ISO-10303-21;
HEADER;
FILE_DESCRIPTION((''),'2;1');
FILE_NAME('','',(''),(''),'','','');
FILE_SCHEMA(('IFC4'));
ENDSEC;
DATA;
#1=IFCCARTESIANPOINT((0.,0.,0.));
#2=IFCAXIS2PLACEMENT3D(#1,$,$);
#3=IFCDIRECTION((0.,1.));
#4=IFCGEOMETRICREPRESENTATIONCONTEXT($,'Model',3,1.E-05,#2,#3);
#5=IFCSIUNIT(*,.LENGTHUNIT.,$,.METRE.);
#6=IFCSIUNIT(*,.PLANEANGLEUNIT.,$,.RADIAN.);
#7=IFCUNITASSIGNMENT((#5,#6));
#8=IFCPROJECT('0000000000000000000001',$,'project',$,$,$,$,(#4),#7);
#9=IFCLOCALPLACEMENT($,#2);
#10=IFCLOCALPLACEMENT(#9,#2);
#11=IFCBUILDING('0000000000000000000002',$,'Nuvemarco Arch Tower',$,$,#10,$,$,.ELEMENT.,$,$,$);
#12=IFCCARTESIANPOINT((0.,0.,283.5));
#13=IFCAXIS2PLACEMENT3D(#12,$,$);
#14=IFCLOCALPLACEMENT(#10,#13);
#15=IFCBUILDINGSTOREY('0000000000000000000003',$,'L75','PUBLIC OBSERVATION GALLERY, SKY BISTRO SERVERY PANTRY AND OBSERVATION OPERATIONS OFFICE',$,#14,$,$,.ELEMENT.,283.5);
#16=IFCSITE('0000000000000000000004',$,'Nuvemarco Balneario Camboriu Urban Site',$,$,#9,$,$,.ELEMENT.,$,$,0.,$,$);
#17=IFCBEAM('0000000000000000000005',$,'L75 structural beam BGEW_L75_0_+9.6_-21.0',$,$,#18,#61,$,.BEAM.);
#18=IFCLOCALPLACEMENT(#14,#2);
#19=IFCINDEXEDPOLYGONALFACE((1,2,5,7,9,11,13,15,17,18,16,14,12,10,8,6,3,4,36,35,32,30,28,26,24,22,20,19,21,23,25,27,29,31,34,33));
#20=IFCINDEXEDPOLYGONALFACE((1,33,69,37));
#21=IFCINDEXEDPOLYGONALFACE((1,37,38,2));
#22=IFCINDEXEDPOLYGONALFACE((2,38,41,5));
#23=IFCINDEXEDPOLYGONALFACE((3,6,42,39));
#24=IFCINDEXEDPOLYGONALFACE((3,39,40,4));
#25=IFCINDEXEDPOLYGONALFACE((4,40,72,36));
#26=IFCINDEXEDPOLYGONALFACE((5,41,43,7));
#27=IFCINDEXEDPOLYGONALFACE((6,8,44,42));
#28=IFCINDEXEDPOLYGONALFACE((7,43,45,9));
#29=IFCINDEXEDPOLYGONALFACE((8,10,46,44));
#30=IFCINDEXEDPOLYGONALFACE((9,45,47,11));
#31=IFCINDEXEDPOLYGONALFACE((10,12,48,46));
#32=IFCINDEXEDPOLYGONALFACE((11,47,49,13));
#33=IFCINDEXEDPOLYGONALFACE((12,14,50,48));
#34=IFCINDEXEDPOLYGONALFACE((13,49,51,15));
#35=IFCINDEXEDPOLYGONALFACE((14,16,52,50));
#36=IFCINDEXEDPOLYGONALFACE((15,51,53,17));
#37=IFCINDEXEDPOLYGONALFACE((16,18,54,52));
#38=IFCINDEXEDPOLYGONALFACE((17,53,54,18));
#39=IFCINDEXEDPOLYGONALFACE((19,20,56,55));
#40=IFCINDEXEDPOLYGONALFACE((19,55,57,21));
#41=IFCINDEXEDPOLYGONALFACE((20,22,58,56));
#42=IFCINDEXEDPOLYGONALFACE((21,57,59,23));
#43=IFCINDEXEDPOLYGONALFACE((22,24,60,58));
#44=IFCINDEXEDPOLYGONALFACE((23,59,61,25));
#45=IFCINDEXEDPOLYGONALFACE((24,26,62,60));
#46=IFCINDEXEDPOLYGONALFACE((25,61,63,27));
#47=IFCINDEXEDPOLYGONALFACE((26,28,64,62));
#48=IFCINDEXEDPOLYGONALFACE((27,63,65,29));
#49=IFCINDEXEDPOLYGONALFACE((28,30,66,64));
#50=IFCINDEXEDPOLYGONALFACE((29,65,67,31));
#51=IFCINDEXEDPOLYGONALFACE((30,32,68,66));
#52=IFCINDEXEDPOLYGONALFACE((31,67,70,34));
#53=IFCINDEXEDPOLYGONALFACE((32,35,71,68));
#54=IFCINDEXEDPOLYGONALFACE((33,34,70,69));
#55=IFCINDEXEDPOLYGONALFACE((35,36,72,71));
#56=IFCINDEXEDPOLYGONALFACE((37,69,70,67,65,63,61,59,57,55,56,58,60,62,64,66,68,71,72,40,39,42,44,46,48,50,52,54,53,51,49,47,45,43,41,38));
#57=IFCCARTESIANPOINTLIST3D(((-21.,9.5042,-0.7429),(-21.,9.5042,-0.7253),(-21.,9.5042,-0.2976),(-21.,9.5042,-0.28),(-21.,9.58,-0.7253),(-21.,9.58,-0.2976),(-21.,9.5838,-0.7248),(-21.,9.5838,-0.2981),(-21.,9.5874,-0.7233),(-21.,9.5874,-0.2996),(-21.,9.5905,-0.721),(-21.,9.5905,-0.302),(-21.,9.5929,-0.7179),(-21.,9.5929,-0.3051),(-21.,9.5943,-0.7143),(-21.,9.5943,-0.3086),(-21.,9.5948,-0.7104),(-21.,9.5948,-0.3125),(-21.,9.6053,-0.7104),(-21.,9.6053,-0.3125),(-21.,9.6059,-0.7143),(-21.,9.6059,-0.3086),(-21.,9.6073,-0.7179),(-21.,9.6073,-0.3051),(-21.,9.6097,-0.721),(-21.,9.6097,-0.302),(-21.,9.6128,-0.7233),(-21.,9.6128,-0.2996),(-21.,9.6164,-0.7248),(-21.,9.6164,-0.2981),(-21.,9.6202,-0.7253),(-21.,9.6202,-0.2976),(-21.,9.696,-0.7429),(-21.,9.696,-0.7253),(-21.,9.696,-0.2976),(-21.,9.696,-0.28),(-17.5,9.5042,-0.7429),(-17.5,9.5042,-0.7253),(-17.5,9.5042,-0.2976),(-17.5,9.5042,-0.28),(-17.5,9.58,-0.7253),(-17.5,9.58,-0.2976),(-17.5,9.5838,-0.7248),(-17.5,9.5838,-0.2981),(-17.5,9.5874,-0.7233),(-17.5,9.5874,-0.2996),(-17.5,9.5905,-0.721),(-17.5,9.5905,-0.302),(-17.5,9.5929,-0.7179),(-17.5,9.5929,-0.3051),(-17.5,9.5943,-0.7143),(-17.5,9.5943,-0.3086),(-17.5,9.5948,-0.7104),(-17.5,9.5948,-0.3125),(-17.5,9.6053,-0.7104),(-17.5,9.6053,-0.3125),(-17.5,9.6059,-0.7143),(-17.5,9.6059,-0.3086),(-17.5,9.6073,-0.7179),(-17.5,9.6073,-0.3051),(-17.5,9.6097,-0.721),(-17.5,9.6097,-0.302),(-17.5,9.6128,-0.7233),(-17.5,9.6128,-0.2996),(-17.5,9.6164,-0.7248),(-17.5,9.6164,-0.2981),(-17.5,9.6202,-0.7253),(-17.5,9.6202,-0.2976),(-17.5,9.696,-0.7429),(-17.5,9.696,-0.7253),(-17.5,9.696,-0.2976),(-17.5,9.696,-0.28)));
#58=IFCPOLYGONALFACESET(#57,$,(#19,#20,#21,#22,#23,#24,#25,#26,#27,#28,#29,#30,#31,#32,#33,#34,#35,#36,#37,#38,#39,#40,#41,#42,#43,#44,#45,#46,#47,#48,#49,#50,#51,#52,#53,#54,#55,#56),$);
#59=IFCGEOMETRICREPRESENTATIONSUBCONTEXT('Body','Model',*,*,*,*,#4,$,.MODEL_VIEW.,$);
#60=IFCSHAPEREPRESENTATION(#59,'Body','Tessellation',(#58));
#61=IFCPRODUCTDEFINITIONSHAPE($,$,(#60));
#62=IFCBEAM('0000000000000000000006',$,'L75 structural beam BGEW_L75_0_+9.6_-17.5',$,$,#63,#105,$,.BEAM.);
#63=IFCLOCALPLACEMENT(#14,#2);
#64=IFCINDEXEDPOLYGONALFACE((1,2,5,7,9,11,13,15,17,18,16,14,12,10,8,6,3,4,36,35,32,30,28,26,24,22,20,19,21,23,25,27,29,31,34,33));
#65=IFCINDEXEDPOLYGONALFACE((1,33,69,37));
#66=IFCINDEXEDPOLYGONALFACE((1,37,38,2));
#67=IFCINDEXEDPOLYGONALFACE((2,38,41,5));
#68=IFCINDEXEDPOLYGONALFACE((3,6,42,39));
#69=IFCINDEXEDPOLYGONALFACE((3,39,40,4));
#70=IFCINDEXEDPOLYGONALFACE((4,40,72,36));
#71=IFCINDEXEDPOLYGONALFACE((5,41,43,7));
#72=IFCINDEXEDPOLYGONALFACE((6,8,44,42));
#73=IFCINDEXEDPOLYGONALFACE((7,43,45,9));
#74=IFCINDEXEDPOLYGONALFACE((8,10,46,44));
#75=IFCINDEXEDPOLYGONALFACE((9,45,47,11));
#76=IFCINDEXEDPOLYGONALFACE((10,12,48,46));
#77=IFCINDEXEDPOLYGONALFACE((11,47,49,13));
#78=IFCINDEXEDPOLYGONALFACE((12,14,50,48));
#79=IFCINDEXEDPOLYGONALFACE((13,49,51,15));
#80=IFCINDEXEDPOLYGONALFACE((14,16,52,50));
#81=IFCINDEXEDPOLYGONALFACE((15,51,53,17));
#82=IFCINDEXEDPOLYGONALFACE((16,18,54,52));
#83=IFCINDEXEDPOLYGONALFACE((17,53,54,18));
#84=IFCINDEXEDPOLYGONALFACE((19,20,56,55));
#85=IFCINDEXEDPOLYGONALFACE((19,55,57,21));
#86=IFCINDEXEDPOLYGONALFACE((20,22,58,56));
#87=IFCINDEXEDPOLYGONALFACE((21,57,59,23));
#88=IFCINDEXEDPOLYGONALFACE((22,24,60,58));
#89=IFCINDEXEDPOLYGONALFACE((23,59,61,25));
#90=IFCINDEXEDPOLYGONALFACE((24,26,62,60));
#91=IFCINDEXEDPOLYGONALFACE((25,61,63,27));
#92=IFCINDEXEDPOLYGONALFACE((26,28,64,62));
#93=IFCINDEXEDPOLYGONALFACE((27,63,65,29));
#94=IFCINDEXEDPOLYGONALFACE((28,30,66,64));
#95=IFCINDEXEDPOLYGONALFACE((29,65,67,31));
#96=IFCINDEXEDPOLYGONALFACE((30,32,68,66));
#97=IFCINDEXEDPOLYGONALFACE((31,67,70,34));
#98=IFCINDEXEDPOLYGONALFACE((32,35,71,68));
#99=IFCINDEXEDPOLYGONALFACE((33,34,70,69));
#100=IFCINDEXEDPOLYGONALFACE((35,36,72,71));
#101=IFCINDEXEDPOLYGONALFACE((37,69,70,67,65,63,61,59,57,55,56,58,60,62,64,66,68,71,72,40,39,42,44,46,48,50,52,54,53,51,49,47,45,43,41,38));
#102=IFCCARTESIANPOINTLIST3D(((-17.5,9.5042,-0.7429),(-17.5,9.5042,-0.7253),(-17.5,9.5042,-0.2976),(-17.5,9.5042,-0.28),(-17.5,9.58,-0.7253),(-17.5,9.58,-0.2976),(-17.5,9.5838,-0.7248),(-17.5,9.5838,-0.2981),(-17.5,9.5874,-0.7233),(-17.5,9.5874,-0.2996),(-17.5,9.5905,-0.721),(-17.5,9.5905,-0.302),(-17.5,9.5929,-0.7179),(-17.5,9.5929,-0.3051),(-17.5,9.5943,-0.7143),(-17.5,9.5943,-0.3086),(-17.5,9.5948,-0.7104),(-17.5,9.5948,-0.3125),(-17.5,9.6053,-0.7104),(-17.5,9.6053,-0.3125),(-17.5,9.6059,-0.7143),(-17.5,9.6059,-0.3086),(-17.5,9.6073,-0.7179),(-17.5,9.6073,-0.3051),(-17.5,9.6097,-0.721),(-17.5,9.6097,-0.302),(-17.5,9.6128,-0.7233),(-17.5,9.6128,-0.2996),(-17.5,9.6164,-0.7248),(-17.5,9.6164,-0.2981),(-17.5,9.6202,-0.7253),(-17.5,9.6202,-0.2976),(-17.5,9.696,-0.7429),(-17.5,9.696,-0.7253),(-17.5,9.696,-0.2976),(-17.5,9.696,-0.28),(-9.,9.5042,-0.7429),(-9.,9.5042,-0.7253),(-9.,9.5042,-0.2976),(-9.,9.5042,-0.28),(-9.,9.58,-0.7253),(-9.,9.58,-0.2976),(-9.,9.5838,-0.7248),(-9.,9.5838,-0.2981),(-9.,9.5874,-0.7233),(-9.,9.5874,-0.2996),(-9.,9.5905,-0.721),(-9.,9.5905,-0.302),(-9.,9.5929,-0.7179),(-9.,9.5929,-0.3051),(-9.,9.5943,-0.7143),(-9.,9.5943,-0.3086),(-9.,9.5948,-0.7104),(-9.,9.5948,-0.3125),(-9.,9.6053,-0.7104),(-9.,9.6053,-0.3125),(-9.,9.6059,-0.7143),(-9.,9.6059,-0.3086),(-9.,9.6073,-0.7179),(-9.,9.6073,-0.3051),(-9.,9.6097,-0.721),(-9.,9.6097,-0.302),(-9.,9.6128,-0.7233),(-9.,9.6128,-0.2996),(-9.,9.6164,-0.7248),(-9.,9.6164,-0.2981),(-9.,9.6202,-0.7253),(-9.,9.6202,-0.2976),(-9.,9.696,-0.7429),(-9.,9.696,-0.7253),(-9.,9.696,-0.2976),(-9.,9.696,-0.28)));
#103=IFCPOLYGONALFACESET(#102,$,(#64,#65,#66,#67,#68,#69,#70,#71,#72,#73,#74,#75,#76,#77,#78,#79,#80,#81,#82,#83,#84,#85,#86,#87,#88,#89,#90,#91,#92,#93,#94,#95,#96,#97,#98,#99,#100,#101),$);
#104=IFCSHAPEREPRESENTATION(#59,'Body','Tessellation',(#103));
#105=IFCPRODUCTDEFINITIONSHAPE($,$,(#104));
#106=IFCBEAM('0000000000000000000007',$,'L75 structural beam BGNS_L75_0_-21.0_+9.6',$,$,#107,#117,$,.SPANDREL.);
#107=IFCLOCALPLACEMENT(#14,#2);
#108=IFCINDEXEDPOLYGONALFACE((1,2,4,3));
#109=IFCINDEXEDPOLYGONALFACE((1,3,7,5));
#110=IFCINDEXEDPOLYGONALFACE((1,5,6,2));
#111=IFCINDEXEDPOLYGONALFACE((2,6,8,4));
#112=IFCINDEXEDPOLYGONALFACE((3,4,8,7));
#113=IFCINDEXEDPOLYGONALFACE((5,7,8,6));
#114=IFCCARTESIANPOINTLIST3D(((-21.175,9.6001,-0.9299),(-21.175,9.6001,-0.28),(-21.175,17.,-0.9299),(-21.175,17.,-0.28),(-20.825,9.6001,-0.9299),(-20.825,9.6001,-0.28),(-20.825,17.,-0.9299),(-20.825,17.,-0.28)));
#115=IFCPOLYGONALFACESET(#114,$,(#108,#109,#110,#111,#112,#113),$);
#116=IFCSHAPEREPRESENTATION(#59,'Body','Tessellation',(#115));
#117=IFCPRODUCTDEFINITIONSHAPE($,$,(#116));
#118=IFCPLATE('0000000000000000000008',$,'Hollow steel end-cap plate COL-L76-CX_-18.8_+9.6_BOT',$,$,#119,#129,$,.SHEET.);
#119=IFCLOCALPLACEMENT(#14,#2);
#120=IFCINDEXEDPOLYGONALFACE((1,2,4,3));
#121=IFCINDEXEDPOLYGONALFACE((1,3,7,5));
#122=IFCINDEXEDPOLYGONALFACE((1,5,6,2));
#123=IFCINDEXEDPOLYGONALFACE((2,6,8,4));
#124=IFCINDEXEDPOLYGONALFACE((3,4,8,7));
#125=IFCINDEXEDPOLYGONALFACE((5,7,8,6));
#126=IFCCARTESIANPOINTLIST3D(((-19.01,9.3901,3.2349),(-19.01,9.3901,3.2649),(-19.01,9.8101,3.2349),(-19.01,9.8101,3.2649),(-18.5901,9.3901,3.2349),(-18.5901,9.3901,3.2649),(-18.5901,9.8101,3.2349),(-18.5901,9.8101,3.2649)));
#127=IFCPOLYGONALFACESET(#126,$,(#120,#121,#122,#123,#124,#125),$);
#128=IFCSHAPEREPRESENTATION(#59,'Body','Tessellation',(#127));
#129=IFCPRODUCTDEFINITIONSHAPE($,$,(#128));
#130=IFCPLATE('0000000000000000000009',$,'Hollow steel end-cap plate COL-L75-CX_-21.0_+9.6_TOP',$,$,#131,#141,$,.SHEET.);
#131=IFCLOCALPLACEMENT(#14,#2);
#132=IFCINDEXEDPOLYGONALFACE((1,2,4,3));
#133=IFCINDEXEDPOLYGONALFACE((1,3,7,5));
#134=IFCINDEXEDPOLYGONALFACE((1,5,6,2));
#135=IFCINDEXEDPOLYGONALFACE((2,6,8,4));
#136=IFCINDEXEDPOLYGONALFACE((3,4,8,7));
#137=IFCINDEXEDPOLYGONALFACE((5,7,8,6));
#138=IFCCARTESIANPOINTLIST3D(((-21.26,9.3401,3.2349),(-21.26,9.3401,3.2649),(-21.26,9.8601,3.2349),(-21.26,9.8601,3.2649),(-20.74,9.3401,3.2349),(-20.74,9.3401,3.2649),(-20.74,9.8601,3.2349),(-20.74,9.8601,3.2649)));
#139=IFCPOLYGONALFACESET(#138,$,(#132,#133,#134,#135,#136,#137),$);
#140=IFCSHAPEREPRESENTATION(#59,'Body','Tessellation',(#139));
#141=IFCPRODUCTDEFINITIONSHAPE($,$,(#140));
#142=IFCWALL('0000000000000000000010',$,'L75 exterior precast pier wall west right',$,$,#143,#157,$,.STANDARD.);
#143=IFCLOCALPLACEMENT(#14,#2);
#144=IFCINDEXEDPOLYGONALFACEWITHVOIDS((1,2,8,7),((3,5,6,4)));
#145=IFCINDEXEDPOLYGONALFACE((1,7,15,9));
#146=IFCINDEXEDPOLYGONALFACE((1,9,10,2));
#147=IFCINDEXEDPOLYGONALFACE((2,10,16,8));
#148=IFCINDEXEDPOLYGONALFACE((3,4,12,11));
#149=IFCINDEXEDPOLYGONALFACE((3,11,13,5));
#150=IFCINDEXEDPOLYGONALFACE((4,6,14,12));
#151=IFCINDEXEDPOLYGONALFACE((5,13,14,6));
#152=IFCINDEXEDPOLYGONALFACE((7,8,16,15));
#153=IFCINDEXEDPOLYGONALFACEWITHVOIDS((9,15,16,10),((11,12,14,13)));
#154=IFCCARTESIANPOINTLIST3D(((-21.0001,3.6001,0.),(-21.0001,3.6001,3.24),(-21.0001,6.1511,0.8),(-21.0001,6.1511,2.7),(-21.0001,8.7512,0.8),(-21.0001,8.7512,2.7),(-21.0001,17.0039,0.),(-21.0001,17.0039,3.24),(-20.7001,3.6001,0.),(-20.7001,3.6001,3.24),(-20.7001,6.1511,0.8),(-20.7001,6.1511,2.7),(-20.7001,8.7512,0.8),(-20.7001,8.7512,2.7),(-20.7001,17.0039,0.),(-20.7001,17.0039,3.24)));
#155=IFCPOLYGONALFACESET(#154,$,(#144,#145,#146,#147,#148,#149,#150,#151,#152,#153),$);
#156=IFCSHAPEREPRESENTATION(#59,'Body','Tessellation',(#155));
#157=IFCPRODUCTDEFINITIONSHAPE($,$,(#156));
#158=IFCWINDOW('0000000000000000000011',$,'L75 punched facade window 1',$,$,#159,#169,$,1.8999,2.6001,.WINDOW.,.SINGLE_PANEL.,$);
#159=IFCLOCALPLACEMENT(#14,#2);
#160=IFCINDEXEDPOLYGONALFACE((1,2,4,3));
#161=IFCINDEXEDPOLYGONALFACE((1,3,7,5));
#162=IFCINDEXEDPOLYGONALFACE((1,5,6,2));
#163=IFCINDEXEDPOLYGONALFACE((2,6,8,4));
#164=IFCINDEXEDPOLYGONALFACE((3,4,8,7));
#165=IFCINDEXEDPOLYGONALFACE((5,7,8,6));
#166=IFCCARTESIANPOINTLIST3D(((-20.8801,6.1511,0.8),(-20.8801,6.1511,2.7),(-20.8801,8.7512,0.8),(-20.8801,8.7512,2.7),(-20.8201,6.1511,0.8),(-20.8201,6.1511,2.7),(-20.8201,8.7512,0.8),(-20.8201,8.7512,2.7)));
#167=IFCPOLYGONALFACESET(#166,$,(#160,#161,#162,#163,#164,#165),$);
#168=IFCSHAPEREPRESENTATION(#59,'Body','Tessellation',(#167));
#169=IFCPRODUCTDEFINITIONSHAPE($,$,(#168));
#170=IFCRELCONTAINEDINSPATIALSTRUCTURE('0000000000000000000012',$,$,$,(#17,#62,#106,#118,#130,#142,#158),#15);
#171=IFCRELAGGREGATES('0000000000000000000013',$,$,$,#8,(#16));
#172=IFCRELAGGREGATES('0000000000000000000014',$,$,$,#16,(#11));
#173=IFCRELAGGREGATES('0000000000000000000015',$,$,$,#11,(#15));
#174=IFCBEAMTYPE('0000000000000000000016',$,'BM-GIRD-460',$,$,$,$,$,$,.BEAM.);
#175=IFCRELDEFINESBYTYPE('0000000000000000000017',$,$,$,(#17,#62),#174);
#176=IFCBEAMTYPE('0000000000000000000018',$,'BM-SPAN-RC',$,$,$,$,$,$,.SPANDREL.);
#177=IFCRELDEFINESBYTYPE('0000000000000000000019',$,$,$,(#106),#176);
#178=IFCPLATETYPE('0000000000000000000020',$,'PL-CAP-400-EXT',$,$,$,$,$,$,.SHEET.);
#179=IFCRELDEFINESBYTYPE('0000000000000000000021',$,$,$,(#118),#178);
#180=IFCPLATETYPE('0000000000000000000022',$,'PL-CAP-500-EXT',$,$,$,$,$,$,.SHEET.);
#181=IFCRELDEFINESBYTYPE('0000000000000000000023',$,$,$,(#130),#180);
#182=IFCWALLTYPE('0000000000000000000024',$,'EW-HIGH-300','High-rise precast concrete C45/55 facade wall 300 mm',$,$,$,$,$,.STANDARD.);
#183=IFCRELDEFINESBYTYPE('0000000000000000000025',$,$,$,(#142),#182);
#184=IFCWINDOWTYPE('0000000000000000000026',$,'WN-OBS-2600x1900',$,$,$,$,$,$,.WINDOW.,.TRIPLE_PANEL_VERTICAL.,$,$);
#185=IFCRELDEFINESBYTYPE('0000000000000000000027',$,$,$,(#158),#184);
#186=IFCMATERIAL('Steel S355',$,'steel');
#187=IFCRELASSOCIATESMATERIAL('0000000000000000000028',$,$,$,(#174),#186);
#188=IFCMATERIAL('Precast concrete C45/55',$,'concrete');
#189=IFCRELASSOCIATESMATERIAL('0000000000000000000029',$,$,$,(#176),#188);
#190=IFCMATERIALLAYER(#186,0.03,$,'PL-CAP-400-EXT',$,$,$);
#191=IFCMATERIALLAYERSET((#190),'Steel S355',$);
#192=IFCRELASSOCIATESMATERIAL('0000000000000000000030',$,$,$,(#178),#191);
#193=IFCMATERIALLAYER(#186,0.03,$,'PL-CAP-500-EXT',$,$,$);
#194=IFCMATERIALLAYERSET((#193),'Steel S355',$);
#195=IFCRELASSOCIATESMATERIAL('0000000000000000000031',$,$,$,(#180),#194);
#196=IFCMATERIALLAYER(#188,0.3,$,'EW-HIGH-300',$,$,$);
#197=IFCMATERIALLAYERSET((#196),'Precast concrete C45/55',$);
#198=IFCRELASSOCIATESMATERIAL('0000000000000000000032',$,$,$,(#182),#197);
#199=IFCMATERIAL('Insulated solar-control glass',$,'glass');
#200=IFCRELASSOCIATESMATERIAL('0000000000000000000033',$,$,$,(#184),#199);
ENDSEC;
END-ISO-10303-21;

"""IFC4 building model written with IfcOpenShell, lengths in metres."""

from ifc_helpers import new_model, si_unit, direction, frame, frame_2d, origin, origin_2d, place, context, subcontext, project, spatial, rectangle, i_section, extrude, source, transform, mapped, material, layer, layer_set, material_profile, profile_set, type_object, type_shapes, element, fill, save


model = new_model("IFC4")

# Units and contexts
model_context = context("Model", 3, precision=1e-05, world=origin(), true_north=direction((0.0, 1.0)))
body_context = subcontext(model_context, "Body", "Model", "MODEL_VIEW")
ifc_project = project(units=[si_unit("LENGTHUNIT", "METRE"), si_unit("PLANEANGLEUNIT", "RADIAN")], contexts=[model_context])

# Site, building, storey
site_placement = place(None, origin())
site = spatial("IfcSite", under=ifc_project, at=site_placement, Name="Nuvemarco Balneario Camboriu Urban Site", CompositionType="ELEMENT", RefElevation=0.0)
building_placement = place(site_placement, origin())
building = spatial("IfcBuilding", under=site, at=building_placement, Name="Nuvemarco Arch Tower", CompositionType="ELEMENT")
storey_placement = place(building_placement, frame((0.0, 0.0, 283.5)))
storey = spatial("IfcBuildingStorey", under=building, at=storey_placement, Name="L75", Description="PUBLIC OBSERVATION GALLERY, SKY BISTRO SERVERY PANTRY AND OBSERVATION OPERATIONS OFFICE", CompositionType="ELEMENT", Elevation=283.5)

# Shared definitions
ifc_material_1 = material(Name="Steel S355", Category="steel")

# Beams
ifc_material_profile_1 = material_profile(ifc_material_1, i_section(OverallWidth=0.1919, OverallDepth=0.4629, WebThickness=0.0105, FlangeThickness=0.0176, FilletRadius=0.0149, at=origin_2d()), Name="W460x89")
ifc_profile_set_1 = profile_set([ifc_material_profile_1], Name="Steel S355")
beam_type_1 = type_object("IfcBeamType", Name="BM-GIRD-460", PredefinedType="BEAM", material=ifc_profile_set_1)
beam_1_placement = place(storey_placement, frame((-21.0, 9.6001, -0.5115), z_axis=(1.0, 0.0, 0.0), x_axis=(0.0, 1.0, 0.0)))
element("IfcBeam", 1, at=beam_1_placement, inside=storey, type_object=beam_type_1, Name="L75 structural beam BGEW_L75_0_+9.6_-21.0", PredefinedType="BEAM", context=body_context, shape_type="SweptSolid", body=[
    extrude(i_section(OverallWidth=0.1919, OverallDepth=0.4629, WebThickness=0.0105, FlangeThickness=0.0176, FilletRadius=0.0149, at=origin_2d()), origin(), (0.0, 0.0, 1.0), 3.5),
])
beam_2_placement = place(storey_placement, frame((-17.5, 9.6001, -0.5115), z_axis=(1.0, 0.0, 0.0), x_axis=(0.0, 1.0, 0.0)))
element("IfcBeam", 2, at=beam_2_placement, inside=storey, type_object=beam_type_1, Name="L75 structural beam BGEW_L75_0_+9.6_-17.5", PredefinedType="BEAM", context=body_context, shape_type="SweptSolid", body=[
    extrude(i_section(OverallWidth=0.1919, OverallDepth=0.4629, WebThickness=0.0105, FlangeThickness=0.0176, FilletRadius=0.0149, at=origin_2d()), origin(), (0.0, 0.0, 1.0), 8.5),
])
ifc_material_2 = material(Name="Precast concrete C45/55", Category="concrete")
ifc_material_profile_2 = material_profile(ifc_material_2, rectangle(XDim=0.3501, YDim=0.6499, at=origin_2d()), Name="PC-SP-350x650")
ifc_profile_set_2 = profile_set([ifc_material_profile_2], Name="Precast concrete C45/55")
beam_type_2 = type_object("IfcBeamType", Name="BM-SPAN-RC", PredefinedType="SPANDREL", material=ifc_profile_set_2)
beam_3_placement = place(storey_placement, frame((-21.0, 9.6001, -0.605), z_axis=(0.0, 1.0, 0.0), x_axis=(-1.0, 0.0, 0.0)))
element("IfcBeam", 3, at=beam_3_placement, inside=storey, type_object=beam_type_2, Name="L75 structural beam BGNS_L75_0_-21.0_+9.6", PredefinedType="SPANDREL", context=body_context, shape_type="SweptSolid", body=[
    extrude(rectangle(XDim=0.3501, YDim=0.6499, at=origin_2d()), origin(), (0.0, 0.0, 1.0), 7.3999),
])

# Plates
ifc_layer_1 = layer(ifc_material_1, 0.03, Name="PL-CAP-400-EXT")
ifc_layer_set_1 = layer_set([ifc_layer_1], Name="Steel S355")
plate_type_1 = type_object("IfcPlateType", Name="PL-CAP-400-EXT", PredefinedType="SHEET", material=ifc_layer_set_1)
shared_shape_1 = source(origin(), body_context, "Body", "SweptSolid", [
    extrude(rectangle(XDim=0.4199, YDim=0.4199, at=origin_2d()), origin(), (0.0, 0.0, 1.0), 0.03),
])
type_shapes(plate_type_1, [shared_shape_1])
plate_1_placement = place(storey_placement, frame((-18.8, 9.6001, 3.2349), z_axis=(0.0, 0.0, 1.0), x_axis=(1.0, 0.0, 0.0)))
element("IfcPlate", 4, at=plate_1_placement, inside=storey, type_object=plate_type_1, Name="Hollow steel end-cap plate COL-L76-CX_-18.8_+9.6_BOT", PredefinedType="SHEET", context=body_context, shape_type="MappedRepresentation", body=[
    mapped(shared_shape_1, transform((0.0, 0.0, 0.0), scale=1.0)),
])
ifc_layer_2 = layer(ifc_material_1, 0.03, Name="PL-CAP-500-EXT")
ifc_layer_set_2 = layer_set([ifc_layer_2], Name="Steel S355")
plate_type_2 = type_object("IfcPlateType", Name="PL-CAP-500-EXT", PredefinedType="SHEET", material=ifc_layer_set_2)
shared_shape_2 = source(origin(), body_context, "Body", "SweptSolid", [
    extrude(rectangle(XDim=0.52, YDim=0.52, at=origin_2d()), origin(), (0.0, 0.0, 1.0), 0.03),
])
type_shapes(plate_type_2, [shared_shape_2])
plate_2_placement = place(storey_placement, frame((-21.0, 9.6001, 3.2349), z_axis=(0.0, 0.0, 1.0), x_axis=(1.0, 0.0, 0.0)))
element("IfcPlate", 5, at=plate_2_placement, inside=storey, type_object=plate_type_2, Name="Hollow steel end-cap plate COL-L75-CX_-21.0_+9.6_TOP", PredefinedType="SHEET", context=body_context, shape_type="MappedRepresentation", body=[
    mapped(shared_shape_2, transform((0.0, 0.0, 0.0), scale=1.0)),
])

# Wall, opening, window
ifc_layer_3 = layer(ifc_material_2, 0.3, Name="EW-HIGH-300")
ifc_layer_set_3 = layer_set([ifc_layer_3], Name="Precast concrete C45/55")
wall_type_1 = type_object("IfcWallType", Name="EW-HIGH-300", Description="High-rise precast concrete C45/55 facade wall 300 mm", PredefinedType="STANDARD", material=ifc_layer_set_3)
wall_1_placement = place(storey_placement, frame((-20.8501, 3.6001, 0.0), z_axis=(0.0, 0.0, 1.0), x_axis=(0.0, 1.0, 0.0)))
wall_1 = element("IfcWall", 6, at=wall_1_placement, inside=storey, type_object=wall_type_1, Name="L75 exterior precast pier wall west right", PredefinedType="STANDARD", context=body_context, shape_type="SweptSolid", body=[
    extrude(rectangle(XDim=13.4038, YDim=0.3, at=frame_2d((6.7019, 0.0))), origin(), (0.0, 0.0, 1.0), 3.24),
])
opening_placement = place(wall_1_placement, frame((2.551, 0.0, 0.8)))
opening = element("IfcOpeningElement", 7, at=opening_placement, cuts=wall_1, PredefinedType="OPENING", context=body_context, shape_type="SweptSolid", body=[
    extrude(rectangle(XDim=2.6001, YDim=1.8999, at=frame_2d((1.3, 0.95))), frame((0.0, 0.1599, 0.0), z_axis=(0.0, -1.0, 0.0), x_axis=(1.0, 0.0, 0.0)), (0.0, 0.0, 1.0), 0.3201),
])
ifc_material_3 = material(Name="Insulated solar-control glass", Category="glass")
window_type = type_object("IfcWindowType", Name="WN-OBS-2600x1900", PartitioningType="TRIPLE_PANEL_VERTICAL", PredefinedType="WINDOW", material=ifc_material_3)
shared_shape_3 = source(origin(), body_context, "Body", "SweptSolid", [
    extrude(rectangle(XDim=2.6001, YDim=1.8999, at=frame_2d((1.3, 0.95))), frame((0.0, 0.03, 0.0), z_axis=(0.0, -1.0, 0.0), x_axis=(1.0, 0.0, 0.0)), (0.0, 0.0, 1.0), 0.0601),
])
type_shapes(window_type, [shared_shape_3])
window_placement = place(opening_placement, origin())
window = element("IfcWindow", 8, at=window_placement, inside=storey, type_object=window_type, Name="L75 punched facade window 1", OverallHeight=1.8999, OverallWidth=2.6001, PartitioningType="SINGLE_PANEL", PredefinedType="WINDOW", context=body_context, shape_type="MappedRepresentation", body=[
    mapped(shared_shape_3, transform((0.0, 0.0, 0.0), scale=1.0)),
])
fill(opening, window)

save(model, "model.ifc")
